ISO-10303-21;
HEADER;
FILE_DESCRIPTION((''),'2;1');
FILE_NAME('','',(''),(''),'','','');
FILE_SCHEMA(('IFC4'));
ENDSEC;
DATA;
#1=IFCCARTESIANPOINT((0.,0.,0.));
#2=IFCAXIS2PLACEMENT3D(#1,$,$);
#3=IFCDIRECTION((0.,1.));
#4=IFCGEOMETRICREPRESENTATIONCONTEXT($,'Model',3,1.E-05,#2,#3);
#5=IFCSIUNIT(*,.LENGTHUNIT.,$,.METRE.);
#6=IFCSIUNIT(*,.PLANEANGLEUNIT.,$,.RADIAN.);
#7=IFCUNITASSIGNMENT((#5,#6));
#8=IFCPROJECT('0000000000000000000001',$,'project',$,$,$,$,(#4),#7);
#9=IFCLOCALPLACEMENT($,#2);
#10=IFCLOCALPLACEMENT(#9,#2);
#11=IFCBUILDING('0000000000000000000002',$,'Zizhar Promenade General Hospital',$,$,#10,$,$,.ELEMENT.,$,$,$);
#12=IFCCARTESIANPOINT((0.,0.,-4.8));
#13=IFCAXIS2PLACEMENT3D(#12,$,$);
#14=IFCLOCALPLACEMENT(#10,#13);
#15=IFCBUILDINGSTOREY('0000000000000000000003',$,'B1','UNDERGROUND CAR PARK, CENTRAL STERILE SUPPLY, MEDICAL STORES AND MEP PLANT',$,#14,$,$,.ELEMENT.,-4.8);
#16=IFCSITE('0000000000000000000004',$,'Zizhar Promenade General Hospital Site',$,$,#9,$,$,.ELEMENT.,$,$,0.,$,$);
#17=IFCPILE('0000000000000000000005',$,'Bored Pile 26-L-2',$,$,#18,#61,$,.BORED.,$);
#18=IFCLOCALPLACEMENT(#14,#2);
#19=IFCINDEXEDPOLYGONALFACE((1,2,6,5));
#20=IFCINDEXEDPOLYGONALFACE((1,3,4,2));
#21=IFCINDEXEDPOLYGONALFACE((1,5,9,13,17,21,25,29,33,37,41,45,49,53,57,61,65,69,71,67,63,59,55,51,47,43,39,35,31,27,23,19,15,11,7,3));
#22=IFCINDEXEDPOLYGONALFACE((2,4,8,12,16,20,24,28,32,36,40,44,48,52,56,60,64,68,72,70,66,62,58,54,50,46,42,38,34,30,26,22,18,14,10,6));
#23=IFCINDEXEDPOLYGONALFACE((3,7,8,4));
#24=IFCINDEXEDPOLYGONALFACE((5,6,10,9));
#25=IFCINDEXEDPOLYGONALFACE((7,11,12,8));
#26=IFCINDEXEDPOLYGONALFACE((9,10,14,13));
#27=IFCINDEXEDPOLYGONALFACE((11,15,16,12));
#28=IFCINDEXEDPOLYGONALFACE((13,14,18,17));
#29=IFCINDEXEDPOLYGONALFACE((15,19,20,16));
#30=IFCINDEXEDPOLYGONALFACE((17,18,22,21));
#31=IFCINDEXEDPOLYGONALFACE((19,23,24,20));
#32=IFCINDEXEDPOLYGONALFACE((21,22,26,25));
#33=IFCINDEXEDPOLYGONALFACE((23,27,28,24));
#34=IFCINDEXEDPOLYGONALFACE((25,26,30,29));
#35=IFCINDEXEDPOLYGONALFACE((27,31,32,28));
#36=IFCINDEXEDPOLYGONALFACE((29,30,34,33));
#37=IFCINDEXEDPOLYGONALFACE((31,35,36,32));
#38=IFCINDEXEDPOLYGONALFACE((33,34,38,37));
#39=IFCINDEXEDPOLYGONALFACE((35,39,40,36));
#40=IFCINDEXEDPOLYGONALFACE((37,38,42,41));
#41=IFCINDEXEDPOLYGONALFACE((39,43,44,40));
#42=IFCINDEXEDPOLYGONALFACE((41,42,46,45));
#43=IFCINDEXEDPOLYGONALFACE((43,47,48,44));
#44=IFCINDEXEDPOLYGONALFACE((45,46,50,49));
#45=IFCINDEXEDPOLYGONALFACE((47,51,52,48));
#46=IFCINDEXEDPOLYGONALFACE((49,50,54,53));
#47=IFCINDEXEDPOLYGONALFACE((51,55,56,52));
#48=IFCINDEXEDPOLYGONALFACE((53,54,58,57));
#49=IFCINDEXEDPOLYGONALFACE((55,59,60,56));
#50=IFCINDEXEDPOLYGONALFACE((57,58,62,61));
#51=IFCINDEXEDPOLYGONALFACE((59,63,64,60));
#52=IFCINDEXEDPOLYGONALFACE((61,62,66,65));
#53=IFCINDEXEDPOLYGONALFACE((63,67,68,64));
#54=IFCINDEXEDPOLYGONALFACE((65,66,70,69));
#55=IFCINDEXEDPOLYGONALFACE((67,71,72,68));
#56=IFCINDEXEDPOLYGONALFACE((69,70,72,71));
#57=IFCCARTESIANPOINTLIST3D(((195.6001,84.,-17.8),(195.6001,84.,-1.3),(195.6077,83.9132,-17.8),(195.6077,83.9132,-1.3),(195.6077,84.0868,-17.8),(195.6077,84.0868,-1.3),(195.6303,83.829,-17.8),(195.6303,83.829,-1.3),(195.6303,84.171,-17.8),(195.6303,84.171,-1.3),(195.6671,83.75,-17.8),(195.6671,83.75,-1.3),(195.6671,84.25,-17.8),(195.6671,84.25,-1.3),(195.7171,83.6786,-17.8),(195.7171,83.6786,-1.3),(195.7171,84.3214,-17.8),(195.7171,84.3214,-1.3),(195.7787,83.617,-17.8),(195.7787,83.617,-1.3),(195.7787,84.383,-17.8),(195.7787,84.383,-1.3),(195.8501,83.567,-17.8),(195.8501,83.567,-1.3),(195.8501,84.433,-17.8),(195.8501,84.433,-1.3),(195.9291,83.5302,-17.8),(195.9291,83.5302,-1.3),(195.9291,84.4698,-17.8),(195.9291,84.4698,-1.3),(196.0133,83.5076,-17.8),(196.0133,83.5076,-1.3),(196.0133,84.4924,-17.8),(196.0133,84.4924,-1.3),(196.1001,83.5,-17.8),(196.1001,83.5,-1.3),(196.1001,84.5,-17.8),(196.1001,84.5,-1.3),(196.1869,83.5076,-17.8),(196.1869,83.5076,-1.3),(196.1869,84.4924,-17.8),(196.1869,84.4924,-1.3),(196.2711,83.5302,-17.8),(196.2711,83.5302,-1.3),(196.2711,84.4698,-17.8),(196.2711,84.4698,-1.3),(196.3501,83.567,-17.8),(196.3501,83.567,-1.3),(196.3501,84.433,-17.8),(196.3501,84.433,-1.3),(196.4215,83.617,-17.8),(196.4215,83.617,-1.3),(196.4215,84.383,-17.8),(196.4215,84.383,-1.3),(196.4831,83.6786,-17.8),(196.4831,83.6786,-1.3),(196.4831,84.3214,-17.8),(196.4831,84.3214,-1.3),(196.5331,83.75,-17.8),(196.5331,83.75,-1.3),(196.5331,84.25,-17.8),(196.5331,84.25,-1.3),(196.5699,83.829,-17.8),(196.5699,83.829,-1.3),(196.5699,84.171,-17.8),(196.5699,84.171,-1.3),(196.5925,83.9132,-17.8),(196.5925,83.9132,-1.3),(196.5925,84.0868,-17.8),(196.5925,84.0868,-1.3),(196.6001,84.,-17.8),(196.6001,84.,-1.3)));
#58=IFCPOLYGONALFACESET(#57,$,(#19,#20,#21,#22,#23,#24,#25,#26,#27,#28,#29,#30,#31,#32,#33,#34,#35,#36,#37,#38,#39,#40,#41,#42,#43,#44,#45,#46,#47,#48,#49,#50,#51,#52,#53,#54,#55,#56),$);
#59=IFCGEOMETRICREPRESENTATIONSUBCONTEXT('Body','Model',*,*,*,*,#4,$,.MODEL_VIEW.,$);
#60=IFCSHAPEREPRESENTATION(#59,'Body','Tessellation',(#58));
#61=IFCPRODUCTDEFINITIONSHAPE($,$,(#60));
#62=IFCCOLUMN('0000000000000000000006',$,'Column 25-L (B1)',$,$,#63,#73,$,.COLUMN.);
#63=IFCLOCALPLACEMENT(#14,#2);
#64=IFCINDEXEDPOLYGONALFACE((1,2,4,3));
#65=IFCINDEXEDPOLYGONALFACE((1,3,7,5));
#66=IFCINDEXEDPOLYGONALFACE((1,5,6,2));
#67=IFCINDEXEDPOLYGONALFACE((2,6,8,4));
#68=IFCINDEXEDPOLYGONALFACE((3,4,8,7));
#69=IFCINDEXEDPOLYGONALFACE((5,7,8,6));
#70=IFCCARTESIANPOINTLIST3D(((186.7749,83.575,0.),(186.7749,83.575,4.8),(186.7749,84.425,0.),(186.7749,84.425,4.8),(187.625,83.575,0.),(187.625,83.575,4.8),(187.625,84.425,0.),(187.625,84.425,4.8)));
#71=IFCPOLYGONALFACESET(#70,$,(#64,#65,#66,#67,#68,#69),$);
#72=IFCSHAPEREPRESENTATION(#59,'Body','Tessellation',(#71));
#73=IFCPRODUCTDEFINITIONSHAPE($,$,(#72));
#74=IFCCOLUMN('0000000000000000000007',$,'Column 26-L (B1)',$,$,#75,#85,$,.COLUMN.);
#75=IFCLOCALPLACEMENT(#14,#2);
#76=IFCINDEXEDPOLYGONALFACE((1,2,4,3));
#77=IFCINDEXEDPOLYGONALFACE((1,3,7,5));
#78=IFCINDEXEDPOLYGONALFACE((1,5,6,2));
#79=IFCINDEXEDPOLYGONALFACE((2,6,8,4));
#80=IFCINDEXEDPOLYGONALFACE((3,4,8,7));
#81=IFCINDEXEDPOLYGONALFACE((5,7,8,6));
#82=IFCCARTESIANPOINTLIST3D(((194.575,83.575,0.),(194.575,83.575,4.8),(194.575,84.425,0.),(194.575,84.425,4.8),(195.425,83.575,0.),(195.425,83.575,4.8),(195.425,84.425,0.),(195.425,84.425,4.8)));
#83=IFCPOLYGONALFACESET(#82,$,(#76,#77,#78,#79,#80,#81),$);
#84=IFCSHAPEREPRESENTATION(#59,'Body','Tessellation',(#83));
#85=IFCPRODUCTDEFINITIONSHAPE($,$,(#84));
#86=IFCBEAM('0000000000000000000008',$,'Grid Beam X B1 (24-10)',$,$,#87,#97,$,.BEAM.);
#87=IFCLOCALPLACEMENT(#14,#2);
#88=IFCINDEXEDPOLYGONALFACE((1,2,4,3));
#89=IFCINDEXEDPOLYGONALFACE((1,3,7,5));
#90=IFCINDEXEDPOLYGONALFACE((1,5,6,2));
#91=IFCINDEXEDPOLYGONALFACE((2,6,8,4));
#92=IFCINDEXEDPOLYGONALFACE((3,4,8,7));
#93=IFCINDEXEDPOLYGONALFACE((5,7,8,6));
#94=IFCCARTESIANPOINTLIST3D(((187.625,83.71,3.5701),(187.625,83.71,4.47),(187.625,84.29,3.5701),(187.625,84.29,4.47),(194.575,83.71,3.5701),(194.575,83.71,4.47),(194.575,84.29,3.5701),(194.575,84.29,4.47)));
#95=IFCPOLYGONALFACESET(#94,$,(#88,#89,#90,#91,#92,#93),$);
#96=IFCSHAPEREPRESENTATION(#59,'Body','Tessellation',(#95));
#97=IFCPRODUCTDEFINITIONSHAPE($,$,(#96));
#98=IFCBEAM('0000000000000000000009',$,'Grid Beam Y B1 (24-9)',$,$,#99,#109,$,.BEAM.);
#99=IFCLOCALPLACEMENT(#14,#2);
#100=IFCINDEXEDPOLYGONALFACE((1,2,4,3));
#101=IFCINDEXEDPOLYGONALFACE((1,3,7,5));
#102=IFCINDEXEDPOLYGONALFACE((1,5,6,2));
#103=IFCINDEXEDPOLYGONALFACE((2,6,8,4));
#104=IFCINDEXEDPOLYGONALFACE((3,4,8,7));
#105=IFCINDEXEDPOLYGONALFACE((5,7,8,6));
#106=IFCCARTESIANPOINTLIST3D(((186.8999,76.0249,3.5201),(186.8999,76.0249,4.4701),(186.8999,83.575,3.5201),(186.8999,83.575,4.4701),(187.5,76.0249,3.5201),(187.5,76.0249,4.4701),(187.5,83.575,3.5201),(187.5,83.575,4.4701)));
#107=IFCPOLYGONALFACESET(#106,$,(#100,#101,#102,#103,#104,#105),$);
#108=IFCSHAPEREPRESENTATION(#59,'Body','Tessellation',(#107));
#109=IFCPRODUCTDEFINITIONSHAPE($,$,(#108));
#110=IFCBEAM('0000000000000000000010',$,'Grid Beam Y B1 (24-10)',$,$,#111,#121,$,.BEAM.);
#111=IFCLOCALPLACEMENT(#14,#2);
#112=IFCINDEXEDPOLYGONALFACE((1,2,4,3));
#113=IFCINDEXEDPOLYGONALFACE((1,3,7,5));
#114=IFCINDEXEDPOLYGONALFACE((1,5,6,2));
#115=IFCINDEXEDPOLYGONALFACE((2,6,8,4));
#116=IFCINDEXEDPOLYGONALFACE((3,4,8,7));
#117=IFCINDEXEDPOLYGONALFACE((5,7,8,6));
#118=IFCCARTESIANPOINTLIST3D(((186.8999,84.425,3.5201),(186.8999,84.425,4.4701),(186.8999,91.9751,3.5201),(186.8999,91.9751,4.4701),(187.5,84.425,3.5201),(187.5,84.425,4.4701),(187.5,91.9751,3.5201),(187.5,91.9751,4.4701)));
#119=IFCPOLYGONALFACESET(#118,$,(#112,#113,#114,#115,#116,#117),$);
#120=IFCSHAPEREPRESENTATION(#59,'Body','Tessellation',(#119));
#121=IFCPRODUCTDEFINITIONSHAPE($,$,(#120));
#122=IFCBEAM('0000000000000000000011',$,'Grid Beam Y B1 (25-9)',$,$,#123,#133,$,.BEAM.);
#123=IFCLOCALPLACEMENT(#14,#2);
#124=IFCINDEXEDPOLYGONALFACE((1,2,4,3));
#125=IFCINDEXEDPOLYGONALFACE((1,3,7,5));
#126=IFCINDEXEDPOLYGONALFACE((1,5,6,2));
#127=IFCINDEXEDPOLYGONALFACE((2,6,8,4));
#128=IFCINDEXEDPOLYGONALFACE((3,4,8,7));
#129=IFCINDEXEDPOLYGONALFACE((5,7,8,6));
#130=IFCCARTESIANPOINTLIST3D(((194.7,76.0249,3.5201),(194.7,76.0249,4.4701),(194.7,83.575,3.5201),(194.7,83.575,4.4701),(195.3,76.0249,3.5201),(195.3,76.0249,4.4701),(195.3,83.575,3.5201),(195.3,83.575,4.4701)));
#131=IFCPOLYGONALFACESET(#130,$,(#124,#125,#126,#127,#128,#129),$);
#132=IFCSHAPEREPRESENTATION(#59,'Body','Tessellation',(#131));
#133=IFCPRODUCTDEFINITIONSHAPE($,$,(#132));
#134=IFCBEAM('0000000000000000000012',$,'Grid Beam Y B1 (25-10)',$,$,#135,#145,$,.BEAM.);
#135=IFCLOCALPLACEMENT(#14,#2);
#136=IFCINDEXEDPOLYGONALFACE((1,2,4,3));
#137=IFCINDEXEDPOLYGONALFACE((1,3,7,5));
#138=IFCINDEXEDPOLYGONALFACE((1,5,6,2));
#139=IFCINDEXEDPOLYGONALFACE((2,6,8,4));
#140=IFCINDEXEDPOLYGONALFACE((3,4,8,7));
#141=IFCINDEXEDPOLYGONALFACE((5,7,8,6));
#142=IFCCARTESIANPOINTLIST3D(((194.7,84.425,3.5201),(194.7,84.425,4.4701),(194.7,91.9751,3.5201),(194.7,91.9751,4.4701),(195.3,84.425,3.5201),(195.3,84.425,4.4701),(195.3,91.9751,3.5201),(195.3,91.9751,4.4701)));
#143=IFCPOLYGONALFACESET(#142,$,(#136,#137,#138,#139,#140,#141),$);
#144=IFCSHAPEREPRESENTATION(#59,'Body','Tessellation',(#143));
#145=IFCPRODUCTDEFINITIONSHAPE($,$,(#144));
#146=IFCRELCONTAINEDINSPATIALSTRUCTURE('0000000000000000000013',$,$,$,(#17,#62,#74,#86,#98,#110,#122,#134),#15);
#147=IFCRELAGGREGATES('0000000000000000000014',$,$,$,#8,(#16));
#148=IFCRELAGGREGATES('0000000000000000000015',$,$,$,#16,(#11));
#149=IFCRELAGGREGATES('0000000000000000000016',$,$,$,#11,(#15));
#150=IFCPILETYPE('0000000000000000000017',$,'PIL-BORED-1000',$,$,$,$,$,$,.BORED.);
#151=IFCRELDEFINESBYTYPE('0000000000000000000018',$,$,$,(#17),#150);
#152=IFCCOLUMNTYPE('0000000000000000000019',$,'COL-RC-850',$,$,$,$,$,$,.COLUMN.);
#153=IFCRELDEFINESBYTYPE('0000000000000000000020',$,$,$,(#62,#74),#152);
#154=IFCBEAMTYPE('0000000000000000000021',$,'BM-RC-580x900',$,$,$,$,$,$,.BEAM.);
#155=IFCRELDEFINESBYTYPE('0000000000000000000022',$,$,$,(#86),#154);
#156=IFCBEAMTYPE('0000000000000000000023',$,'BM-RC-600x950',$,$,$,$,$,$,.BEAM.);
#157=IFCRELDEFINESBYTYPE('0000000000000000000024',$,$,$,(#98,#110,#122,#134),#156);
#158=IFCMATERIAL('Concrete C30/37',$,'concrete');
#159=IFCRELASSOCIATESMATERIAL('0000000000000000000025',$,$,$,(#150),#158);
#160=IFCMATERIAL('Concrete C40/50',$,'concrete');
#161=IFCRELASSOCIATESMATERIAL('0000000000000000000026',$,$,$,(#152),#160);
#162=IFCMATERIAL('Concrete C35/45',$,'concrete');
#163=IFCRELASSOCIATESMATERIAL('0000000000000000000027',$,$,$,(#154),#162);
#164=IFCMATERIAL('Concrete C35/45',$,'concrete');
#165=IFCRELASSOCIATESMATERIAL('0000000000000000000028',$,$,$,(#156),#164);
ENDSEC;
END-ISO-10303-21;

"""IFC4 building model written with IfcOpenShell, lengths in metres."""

from ifc_helpers import new_model, si_unit, direction, frame, origin, origin_2d, place, context, subcontext, project, spatial, rectangle, circle, extrude, material, material_profile, profile_set, type_object, element, save


model = new_model("IFC4")

# Units and contexts
model_context = context("Model", 3, precision=1e-05, world=origin(), true_north=direction((0.0, 1.0)))
body_context = subcontext(model_context, "Body", "Model", "MODEL_VIEW")
ifc_project = project(units=[si_unit("LENGTHUNIT", "METRE"), si_unit("PLANEANGLEUNIT", "RADIAN")], contexts=[model_context])

# Site, building, storey
site_placement = place(None, origin())
site = spatial("IfcSite", under=ifc_project, at=site_placement, Name="Zizhar Promenade General Hospital Site", CompositionType="ELEMENT", RefElevation=0.0)
building_placement = place(site_placement, origin())
building = spatial("IfcBuilding", under=site, at=building_placement, Name="Zizhar Promenade General Hospital", CompositionType="ELEMENT")
storey_placement = place(building_placement, frame((0.0, 0.0, -4.8)))
storey = spatial("IfcBuildingStorey", under=building, at=storey_placement, Name="B1", Description="UNDERGROUND CAR PARK, CENTRAL STERILE SUPPLY, MEDICAL STORES AND MEP PLANT", CompositionType="ELEMENT", Elevation=-4.8)

# Pile
ifc_material_1 = material(Name="Concrete C30/37", Category="concrete")
ifc_material_profile_1 = material_profile(ifc_material_1, circle(Radius=0.5, at=origin_2d()))
ifc_profile_set_1 = profile_set([ifc_material_profile_1], Name="Concrete C30/37")
pile_type = type_object("IfcPileType", Name="PIL-BORED-1000", PredefinedType="BORED", material=ifc_profile_set_1)
for number, where, z_axis, x_axis, name in (
    (1, (196.1001, 84.0, -1.3), (0.0, 0.0, -1.0), (1.0, 0.0, 0.0), "Bored Pile 26-L-2"),
):
    element("IfcPile", number, at=place(storey_placement, frame(where, z_axis=z_axis, x_axis=x_axis)), inside=storey, type_object=pile_type, Name=name, PredefinedType="BORED", context=body_context, shape_type="SweptSolid", body=[
        extrude(circle(Radius=0.5, at=origin_2d()), origin(), (0.0, 0.0, 1.0), 16.5),
    ])

# Columns
ifc_material_2 = material(Name="Concrete C40/50", Category="concrete")
ifc_material_profile_2 = material_profile(ifc_material_2, rectangle(XDim=0.8501, YDim=0.8501, at=origin_2d()))
ifc_profile_set_2 = profile_set([ifc_material_profile_2], Name="Concrete C40/50")
column_type = type_object("IfcColumnType", Name="COL-RC-850", PredefinedType="COLUMN", material=ifc_profile_set_2)
for number, where, z_axis, x_axis, name in (
    (2, (187.2, 84.0, 0.0), (0.0, 0.0, 1.0), (1.0, 0.0, 0.0), "Column 25-L (B1)"),
    (3, (195.0, 84.0, 0.0), (0.0, 0.0, 1.0), (1.0, 0.0, 0.0), "Column 26-L (B1)"),
):
    element("IfcColumn", number, at=place(storey_placement, frame(where, z_axis=z_axis, x_axis=x_axis)), inside=storey, type_object=column_type, Name=name, PredefinedType="COLUMN", context=body_context, shape_type="SweptSolid", body=[
        extrude(rectangle(XDim=0.8501, YDim=0.8501, at=origin_2d()), origin(), (0.0, 0.0, 1.0), 4.8),
    ])

# Beams
ifc_material_3 = material(Name="Concrete C35/45", Category="concrete")
ifc_material_profile_3 = material_profile(ifc_material_3, rectangle(XDim=0.5801, YDim=0.8999, at=origin_2d()))
ifc_profile_set_3 = profile_set([ifc_material_profile_3], Name="Concrete C35/45")
beam_type_1 = type_object("IfcBeamType", Name="BM-RC-580x900", PredefinedType="BEAM", material=ifc_profile_set_3)
beam_placement = place(storey_placement, frame((187.625, 84.0, 4.02), z_axis=(1.0, 0.0, 0.0), x_axis=(0.0, 1.0, 0.0)))
element("IfcBeam", 4, at=beam_placement, inside=storey, type_object=beam_type_1, Name="Grid Beam X B1 (24-10)", PredefinedType="BEAM", context=body_context, shape_type="SweptSolid", body=[
    extrude(rectangle(XDim=0.5801, YDim=0.8999, at=origin_2d()), origin(), (0.0, 0.0, 1.0), 6.95),
])
ifc_material_4 = material(Name="Concrete C35/45", Category="concrete")
ifc_material_profile_4 = material_profile(ifc_material_4, rectangle(XDim=0.6001, YDim=0.95, at=origin_2d()))
ifc_profile_set_4 = profile_set([ifc_material_profile_4], Name="Concrete C35/45")
beam_type_2 = type_object("IfcBeamType", Name="BM-RC-600x950", PredefinedType="BEAM", material=ifc_profile_set_4)
for number, where, z_axis, x_axis, name in (
    (5, (187.2, 76.0249, 3.9951), (0.0, 1.0, 0.0), (-1.0, 0.0, 0.0), "Grid Beam Y B1 (24-9)"),
    (6, (187.2, 84.425, 3.9951), (0.0, 1.0, 0.0), (-1.0, 0.0, 0.0), "Grid Beam Y B1 (24-10)"),
    (7, (195.0, 76.0249, 3.9951), (0.0, 1.0, 0.0), (-1.0, 0.0, 0.0), "Grid Beam Y B1 (25-9)"),
    (8, (195.0, 84.425, 3.9951), (0.0, 1.0, 0.0), (-1.0, 0.0, 0.0), "Grid Beam Y B1 (25-10)"),
):
    element("IfcBeam", number, at=place(storey_placement, frame(where, z_axis=z_axis, x_axis=x_axis)), inside=storey, type_object=beam_type_2, Name=name, PredefinedType="BEAM", context=body_context, shape_type="SweptSolid", body=[
        extrude(rectangle(XDim=0.6001, YDim=0.95, at=origin_2d()), origin(), (0.0, 0.0, 1.0), 7.55),
    ])

save(model, "model.ifc")
